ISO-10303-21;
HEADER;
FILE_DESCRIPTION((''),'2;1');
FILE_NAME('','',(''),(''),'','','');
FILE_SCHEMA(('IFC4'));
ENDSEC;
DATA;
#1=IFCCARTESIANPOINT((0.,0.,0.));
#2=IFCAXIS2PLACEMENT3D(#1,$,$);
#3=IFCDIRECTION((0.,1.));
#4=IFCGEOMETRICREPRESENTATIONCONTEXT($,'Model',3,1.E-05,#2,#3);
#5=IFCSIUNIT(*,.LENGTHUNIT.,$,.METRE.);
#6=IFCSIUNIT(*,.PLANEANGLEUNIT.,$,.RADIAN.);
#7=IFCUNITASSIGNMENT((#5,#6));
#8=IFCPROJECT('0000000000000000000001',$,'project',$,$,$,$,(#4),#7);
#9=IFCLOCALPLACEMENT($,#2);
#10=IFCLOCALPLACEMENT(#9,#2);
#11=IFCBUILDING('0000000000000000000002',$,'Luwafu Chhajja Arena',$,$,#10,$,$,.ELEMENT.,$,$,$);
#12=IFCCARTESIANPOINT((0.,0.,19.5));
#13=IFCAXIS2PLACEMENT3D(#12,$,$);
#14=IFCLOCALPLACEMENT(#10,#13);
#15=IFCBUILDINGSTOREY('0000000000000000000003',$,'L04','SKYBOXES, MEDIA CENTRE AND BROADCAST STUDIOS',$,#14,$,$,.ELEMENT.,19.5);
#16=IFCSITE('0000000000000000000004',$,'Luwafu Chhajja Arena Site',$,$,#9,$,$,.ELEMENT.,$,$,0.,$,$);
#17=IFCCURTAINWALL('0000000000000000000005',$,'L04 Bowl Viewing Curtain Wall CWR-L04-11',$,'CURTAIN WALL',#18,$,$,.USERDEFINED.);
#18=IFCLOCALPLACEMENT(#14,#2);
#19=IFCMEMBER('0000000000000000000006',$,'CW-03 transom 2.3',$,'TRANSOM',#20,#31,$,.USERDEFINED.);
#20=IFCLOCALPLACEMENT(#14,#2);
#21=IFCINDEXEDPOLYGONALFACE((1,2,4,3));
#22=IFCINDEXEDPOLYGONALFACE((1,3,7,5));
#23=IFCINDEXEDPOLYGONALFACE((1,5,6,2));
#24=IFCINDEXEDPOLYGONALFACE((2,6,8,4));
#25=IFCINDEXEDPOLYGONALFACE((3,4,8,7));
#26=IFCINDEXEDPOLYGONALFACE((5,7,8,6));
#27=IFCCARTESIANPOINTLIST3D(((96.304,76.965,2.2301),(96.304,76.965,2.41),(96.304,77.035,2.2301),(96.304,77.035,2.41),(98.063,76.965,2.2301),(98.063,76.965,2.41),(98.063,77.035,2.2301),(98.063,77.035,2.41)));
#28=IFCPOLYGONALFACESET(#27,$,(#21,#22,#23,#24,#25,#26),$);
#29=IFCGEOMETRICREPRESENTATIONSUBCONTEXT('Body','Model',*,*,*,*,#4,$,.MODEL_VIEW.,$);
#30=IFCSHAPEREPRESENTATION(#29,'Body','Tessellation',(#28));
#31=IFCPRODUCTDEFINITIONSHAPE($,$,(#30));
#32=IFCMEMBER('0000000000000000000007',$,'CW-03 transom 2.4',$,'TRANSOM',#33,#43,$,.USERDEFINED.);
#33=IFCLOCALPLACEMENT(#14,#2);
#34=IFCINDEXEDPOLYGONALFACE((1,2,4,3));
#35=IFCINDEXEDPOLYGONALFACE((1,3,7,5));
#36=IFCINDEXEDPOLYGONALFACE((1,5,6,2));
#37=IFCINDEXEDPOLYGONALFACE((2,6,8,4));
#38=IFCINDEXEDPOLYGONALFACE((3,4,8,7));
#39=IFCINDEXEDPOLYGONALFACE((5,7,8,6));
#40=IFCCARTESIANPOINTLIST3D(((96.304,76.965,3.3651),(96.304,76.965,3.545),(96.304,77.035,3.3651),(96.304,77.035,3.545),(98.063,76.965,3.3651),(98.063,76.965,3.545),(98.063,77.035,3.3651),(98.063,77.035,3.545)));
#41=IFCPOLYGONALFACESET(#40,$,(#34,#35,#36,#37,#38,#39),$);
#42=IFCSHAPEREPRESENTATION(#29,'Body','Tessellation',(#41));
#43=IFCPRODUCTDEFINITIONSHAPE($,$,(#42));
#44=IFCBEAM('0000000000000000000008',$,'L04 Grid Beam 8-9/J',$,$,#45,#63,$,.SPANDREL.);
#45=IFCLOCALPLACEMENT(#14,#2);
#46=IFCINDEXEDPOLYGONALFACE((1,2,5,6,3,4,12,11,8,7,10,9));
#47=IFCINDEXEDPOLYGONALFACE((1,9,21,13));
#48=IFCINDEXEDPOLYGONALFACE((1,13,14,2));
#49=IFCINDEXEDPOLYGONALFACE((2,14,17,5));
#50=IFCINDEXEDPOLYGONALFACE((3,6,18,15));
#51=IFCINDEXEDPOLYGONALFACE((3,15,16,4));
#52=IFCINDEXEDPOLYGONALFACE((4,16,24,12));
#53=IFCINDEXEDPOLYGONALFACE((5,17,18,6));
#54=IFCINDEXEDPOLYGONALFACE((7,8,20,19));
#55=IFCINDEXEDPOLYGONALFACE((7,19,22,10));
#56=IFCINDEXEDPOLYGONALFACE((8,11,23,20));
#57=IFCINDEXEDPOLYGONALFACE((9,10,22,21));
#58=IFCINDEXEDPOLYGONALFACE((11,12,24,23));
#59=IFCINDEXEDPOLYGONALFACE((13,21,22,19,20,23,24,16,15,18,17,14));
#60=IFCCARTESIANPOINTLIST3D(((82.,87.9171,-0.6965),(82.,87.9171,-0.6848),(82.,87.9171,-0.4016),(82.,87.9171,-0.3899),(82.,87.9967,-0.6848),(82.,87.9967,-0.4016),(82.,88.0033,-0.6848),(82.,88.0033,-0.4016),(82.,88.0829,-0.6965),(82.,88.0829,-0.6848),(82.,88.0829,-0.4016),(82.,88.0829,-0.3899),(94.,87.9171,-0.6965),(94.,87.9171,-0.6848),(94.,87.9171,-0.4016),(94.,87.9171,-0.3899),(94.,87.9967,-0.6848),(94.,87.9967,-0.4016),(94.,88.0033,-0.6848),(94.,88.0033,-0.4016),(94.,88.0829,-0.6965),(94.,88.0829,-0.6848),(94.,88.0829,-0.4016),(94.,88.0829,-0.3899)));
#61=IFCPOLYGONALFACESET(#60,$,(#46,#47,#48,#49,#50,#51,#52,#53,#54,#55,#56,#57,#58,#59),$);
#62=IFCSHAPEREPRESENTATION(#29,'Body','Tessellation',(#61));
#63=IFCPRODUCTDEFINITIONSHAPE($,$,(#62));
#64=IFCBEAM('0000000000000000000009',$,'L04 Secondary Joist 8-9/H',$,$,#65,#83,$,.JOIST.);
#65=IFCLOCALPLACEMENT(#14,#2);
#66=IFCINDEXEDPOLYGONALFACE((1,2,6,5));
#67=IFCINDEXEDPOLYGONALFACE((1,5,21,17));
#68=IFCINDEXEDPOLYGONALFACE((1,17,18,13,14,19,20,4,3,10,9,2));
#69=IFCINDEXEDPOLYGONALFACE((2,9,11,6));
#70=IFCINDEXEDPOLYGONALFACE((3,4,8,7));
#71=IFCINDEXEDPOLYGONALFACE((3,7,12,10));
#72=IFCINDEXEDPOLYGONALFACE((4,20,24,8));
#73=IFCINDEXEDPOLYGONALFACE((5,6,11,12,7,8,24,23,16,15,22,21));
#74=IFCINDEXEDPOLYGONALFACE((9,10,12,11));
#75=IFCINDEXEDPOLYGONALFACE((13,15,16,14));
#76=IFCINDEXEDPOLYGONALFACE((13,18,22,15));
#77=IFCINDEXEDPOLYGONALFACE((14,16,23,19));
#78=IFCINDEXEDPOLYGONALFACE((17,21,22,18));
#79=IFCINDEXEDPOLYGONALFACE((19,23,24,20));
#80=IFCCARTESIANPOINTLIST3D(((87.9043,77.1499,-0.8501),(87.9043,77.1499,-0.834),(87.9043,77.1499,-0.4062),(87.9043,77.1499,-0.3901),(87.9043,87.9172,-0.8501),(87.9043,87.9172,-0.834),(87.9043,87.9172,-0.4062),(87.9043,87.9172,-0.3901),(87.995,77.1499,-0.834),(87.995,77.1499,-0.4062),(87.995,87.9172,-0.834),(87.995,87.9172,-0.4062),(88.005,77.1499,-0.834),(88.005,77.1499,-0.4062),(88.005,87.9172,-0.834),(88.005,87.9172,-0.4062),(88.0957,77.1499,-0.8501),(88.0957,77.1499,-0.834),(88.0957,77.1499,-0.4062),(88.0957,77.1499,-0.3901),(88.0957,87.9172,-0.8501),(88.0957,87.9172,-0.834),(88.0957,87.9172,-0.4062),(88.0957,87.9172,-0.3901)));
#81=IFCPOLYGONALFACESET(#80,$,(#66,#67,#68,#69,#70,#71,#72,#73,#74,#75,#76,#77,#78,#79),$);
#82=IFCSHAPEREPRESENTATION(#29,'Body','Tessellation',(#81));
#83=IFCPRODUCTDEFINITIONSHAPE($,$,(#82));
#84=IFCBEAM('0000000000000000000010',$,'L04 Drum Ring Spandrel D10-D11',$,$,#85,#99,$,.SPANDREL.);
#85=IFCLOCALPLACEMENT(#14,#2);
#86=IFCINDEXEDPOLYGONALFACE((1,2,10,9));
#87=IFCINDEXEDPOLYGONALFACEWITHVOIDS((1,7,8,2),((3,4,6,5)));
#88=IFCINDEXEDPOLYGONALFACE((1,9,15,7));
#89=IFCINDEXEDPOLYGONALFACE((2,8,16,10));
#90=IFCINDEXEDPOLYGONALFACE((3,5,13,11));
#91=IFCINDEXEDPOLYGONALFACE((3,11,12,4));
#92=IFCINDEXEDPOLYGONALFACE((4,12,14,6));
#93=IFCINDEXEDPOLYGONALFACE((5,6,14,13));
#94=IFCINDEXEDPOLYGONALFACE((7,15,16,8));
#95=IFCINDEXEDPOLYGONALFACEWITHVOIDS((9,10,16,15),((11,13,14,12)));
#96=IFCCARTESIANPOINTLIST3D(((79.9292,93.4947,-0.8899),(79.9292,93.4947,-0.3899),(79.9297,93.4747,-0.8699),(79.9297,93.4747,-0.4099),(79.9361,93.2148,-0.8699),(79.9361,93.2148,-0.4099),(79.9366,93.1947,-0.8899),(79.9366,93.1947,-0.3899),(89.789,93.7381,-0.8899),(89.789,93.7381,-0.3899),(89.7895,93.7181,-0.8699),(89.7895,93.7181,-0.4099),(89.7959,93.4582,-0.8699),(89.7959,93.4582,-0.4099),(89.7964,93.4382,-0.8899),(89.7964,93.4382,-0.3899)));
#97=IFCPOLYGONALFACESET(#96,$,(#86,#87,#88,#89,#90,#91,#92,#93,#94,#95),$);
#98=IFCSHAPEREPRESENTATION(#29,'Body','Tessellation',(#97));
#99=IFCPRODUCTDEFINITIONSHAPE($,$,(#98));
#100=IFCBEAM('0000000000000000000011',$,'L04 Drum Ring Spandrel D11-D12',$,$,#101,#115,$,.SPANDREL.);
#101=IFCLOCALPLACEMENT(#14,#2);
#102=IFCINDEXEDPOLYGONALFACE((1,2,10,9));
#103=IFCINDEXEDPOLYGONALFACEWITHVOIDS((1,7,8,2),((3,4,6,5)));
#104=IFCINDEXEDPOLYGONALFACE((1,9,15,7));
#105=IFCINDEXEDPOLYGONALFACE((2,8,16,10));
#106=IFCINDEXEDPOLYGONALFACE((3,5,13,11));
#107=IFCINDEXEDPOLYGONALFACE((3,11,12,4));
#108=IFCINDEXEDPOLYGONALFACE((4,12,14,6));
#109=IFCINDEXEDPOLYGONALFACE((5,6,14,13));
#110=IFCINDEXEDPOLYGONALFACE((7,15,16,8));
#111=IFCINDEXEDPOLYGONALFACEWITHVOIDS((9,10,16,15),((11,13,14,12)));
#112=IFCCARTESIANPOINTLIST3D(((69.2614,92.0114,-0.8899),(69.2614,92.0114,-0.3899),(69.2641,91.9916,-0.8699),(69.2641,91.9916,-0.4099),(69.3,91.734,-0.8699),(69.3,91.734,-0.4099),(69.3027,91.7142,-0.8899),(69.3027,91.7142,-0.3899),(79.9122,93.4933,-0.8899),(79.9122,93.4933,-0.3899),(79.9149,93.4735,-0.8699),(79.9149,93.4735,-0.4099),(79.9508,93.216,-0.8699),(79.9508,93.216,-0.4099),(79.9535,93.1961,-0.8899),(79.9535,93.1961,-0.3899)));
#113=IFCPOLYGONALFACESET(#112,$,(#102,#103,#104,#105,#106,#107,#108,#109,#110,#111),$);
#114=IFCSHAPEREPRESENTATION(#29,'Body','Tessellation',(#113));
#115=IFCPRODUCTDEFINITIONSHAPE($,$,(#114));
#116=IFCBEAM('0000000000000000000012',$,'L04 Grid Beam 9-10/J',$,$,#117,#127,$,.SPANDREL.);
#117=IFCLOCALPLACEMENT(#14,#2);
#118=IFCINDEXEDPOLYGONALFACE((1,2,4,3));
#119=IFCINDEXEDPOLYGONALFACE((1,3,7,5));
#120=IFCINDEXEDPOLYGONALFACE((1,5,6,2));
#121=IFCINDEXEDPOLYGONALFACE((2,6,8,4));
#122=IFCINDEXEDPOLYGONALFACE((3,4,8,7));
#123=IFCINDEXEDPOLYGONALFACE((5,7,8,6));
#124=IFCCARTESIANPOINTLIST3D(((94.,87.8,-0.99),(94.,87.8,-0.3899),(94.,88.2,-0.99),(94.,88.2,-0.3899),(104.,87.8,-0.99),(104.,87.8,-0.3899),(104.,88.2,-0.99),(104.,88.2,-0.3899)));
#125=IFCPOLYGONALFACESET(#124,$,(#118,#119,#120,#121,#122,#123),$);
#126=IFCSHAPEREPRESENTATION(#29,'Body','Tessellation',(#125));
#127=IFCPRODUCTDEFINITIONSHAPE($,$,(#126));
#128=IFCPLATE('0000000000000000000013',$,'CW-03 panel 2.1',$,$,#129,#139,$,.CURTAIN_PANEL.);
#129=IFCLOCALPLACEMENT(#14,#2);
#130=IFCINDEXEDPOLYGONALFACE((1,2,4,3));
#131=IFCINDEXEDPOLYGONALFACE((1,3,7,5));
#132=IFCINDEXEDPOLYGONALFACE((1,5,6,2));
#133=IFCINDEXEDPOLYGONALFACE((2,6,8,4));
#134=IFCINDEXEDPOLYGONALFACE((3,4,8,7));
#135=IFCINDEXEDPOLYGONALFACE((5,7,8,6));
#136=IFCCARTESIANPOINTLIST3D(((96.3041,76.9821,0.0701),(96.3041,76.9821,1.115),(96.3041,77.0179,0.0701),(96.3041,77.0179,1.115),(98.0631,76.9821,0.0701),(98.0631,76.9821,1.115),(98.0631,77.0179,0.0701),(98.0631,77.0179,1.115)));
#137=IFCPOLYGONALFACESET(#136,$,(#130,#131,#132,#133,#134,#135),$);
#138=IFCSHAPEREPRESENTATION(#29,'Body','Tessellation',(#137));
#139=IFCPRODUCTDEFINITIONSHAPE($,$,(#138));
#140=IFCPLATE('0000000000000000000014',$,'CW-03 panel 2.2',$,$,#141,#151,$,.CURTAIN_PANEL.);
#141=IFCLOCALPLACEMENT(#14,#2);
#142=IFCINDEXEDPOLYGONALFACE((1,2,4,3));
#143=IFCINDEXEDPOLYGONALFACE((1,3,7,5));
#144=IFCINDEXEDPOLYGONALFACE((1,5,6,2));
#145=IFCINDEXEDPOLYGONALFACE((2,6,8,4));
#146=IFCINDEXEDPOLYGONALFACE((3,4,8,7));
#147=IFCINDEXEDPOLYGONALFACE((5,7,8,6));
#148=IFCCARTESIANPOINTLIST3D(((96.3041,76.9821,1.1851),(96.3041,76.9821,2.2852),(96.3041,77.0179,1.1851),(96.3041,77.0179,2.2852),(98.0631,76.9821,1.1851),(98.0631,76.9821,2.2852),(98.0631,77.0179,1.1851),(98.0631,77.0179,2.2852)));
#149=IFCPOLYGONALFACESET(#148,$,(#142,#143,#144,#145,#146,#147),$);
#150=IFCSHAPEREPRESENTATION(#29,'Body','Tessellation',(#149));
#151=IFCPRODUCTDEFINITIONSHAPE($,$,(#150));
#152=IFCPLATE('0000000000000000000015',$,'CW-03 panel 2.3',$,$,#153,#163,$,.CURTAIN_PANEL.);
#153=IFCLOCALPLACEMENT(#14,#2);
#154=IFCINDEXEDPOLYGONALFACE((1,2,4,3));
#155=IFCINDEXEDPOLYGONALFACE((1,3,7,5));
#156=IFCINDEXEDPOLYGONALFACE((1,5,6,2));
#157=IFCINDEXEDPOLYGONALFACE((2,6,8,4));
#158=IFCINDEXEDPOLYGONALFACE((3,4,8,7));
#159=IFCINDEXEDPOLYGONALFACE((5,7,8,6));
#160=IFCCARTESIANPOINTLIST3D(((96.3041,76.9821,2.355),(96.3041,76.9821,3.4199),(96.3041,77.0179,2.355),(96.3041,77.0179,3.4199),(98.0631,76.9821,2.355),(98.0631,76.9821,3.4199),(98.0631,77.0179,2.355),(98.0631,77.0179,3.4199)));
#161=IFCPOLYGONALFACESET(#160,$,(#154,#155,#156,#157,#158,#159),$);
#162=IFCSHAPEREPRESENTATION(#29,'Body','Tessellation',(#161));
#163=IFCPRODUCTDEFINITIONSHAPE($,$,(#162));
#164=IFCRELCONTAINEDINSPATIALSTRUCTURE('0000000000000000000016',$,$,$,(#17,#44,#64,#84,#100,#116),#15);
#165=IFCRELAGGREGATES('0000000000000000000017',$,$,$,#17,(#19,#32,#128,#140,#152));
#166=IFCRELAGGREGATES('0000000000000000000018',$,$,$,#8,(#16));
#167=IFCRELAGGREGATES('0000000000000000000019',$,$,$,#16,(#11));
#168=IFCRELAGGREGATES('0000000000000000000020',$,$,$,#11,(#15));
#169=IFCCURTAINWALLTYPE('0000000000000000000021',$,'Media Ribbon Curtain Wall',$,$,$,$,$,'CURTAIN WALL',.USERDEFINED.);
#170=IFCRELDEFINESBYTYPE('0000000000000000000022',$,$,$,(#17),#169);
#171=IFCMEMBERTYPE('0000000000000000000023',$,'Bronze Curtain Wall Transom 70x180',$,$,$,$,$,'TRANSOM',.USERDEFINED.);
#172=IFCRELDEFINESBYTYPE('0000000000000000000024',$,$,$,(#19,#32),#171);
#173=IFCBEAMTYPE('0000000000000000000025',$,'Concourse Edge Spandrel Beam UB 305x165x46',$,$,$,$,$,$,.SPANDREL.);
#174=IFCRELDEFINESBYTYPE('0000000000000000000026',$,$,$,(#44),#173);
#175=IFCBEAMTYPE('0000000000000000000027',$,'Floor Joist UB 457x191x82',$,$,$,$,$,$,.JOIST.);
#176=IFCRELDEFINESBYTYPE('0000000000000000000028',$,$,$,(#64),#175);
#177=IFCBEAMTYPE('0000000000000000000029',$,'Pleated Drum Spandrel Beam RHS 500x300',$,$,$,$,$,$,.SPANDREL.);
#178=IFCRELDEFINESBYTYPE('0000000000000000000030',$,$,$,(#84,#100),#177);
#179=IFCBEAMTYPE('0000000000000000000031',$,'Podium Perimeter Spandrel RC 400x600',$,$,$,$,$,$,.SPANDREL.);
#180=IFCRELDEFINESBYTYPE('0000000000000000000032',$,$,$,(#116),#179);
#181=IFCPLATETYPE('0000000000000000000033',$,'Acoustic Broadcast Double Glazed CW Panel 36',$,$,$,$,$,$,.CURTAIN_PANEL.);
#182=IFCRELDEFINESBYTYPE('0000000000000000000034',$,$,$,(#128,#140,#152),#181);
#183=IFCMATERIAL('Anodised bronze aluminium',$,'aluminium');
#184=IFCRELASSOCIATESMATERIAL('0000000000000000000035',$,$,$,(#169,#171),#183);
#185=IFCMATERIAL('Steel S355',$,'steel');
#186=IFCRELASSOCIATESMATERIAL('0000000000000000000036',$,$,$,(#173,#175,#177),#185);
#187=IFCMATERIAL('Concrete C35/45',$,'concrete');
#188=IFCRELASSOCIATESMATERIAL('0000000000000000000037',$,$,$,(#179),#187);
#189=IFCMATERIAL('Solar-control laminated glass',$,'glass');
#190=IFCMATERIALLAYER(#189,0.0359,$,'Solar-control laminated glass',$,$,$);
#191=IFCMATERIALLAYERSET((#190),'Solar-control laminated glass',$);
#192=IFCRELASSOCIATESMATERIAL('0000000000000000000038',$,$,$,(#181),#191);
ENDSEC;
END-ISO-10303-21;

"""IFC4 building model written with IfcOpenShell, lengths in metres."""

from ifc_helpers import new_model, si_unit, direction, frame, origin, origin_2d, place, context, subcontext, project, spatial, rectangle, hollow_rectangle, i_section, extrude, material, layer, layer_set, material_profile, profile_set, type_object, element, aggregate, save


model = new_model("IFC4")

# Units and contexts
model_context = context("Model", 3, precision=1e-05, world=origin(), true_north=direction((0.0, 1.0)))
body_context = subcontext(model_context, "Body", "Model", "MODEL_VIEW")
ifc_project = project(units=[si_unit("LENGTHUNIT", "METRE"), si_unit("PLANEANGLEUNIT", "RADIAN")], contexts=[model_context])

# Site, building, storey
site_placement = place(None, origin())
site = spatial("IfcSite", under=ifc_project, at=site_placement, Name="Luwafu Chhajja Arena Site", CompositionType="ELEMENT", RefElevation=0.0)
building_placement = place(site_placement, origin())
building = spatial("IfcBuilding", under=site, at=building_placement, Name="Luwafu Chhajja Arena", CompositionType="ELEMENT")
storey_placement = place(building_placement, frame((0.0, 0.0, 19.5)))
storey = spatial("IfcBuildingStorey", under=building, at=storey_placement, Name="L04", Description="SKYBOXES, MEDIA CENTRE AND BROADCAST STUDIOS", CompositionType="ELEMENT", Elevation=19.5)

# Shared definitions
ifc_material_1 = material(Name="Concrete C35/45", Category="concrete")
ifc_material_2 = material(Name="Steel S355", Category="steel")

# Curtain wall, members
ifc_material_3 = material(Name="Anodised bronze aluminium", Category="aluminium")
curtain_wall_type = type_object("IfcCurtainWallType", Name="Media Ribbon Curtain Wall", ElementType="CURTAIN WALL", PredefinedType="USERDEFINED", material=ifc_material_3)
curtain_wall_placement = place(storey_placement, origin())
curtain_wall = element("IfcCurtainWall", 1, at=curtain_wall_placement, inside=storey, type_object=curtain_wall_type, Name="L04 Bowl Viewing Curtain Wall CWR-L04-11", ObjectType="CURTAIN WALL", PredefinedType="USERDEFINED")
ifc_material_profile_1 = material_profile(ifc_material_3, rectangle(XDim=0.0701, YDim=0.1799, at=origin_2d()), Name="CWT 70x180")
ifc_profile_set_1 = profile_set([ifc_material_profile_1], Name="Anodised bronze aluminium")
member_type_1 = type_object("IfcMemberType", Name="Bronze Curtain Wall Transom 70x180", ElementType="TRANSOM", PredefinedType="USERDEFINED", material=ifc_profile_set_1)
member_1_placement = place(storey_placement, frame((96.304, 77.0, 2.3201), z_axis=(1.0, 0.0, 0.0), x_axis=(0.0, 1.0, 0.0)))
member_1 = element("IfcMember", 2, at=member_1_placement, type_object=member_type_1, Name="CW-03 transom 2.3", ObjectType="TRANSOM", PredefinedType="USERDEFINED", context=body_context, shape_type="SweptSolid", body=[
    extrude(rectangle(XDim=0.0701, YDim=0.1799, at=origin_2d()), origin(), (0.0, 0.0, 1.0), 1.759),
])
member_2_placement = place(storey_placement, frame((96.304, 77.0, 3.4551), z_axis=(1.0, 0.0, 0.0), x_axis=(0.0, 1.0, 0.0)))
member_2 = element("IfcMember", 3, at=member_2_placement, type_object=member_type_1, Name="CW-03 transom 2.4", ObjectType="TRANSOM", PredefinedType="USERDEFINED", context=body_context, shape_type="SweptSolid", body=[
    extrude(rectangle(XDim=0.0701, YDim=0.1799, at=origin_2d()), origin(), (0.0, 0.0, 1.0), 1.759),
])

# Beams
ifc_material_profile_2 = material_profile(ifc_material_2, i_section(OverallWidth=0.1658, OverallDepth=0.3066, WebThickness=0.0066, FlangeThickness=0.0117, at=origin_2d()), Name="UB 305x165x46")
ifc_profile_set_2 = profile_set([ifc_material_profile_2], Name="Steel S355")
beam_type_1 = type_object("IfcBeamType", Name="Concourse Edge Spandrel Beam UB 305x165x46", PredefinedType="SPANDREL", material=ifc_profile_set_2)
beam_1_placement = place(storey_placement, frame((82.0, 88.0, -0.5432), z_axis=(1.0, 0.0, 0.0), x_axis=(0.0, 1.0, 0.0)))
element("IfcBeam", 4, at=beam_1_placement, inside=storey, type_object=beam_type_1, Name="L04 Grid Beam 8-9/J", PredefinedType="SPANDREL", context=body_context, shape_type="SweptSolid", body=[
    extrude(i_section(OverallWidth=0.1658, OverallDepth=0.3066, WebThickness=0.0066, FlangeThickness=0.0117, at=origin_2d()), origin(), (0.0, 0.0, 1.0), 12.0),
])
ifc_material_profile_3 = material_profile(ifc_material_2, i_section(OverallWidth=0.1914, OverallDepth=0.46, WebThickness=0.01, FlangeThickness=0.0161, at=origin_2d()), Name="UB 457x191x82")
ifc_profile_set_3 = profile_set([ifc_material_profile_3], Name="Steel S355")
beam_type_2 = type_object("IfcBeamType", Name="Floor Joist UB 457x191x82", PredefinedType="JOIST", material=ifc_profile_set_3)
beam_2_placement = place(storey_placement, frame((88.0, 77.1499, -0.6201), z_axis=(0.0, 1.0, 0.0), x_axis=(-1.0, 0.0, 0.0)))
element("IfcBeam", 5, at=beam_2_placement, inside=storey, type_object=beam_type_2, Name="L04 Secondary Joist 8-9/H", PredefinedType="JOIST", context=body_context, shape_type="SweptSolid", body=[
    extrude(i_section(OverallWidth=0.1914, OverallDepth=0.46, WebThickness=0.01, FlangeThickness=0.0161, at=origin_2d()), origin(), (0.0, 0.0, 1.0), 10.7673),
])
ifc_material_profile_4 = material_profile(ifc_material_2, hollow_rectangle(XDim=0.3, YDim=0.5, WallThickness=0.02, at=origin_2d()), Name="RHS 500x300x20")
ifc_profile_set_4 = profile_set([ifc_material_profile_4], Name="Steel S355")
beam_type_3 = type_object("IfcBeamType", Name="Pleated Drum Spandrel Beam RHS 500x300", PredefinedType="SPANDREL", material=ifc_profile_set_4)
beam_3_placement = place(storey_placement, frame((89.7927, 93.5881, -0.6399), z_axis=(-0.999695, -0.024679, 0.0), x_axis=(0.024679, -0.999695, 0.0)))
element("IfcBeam", 6, at=beam_3_placement, inside=storey, type_object=beam_type_3, Name="L04 Drum Ring Spandrel D10-D11", PredefinedType="SPANDREL", context=body_context, shape_type="SweptSolid", body=[
    extrude(hollow_rectangle(XDim=0.3, YDim=0.5, WallThickness=0.02, at=origin_2d()), origin(), (0.0, 0.0, 1.0), 9.8628),
])
beam_4_placement = place(storey_placement, frame((79.9329, 93.3447, -0.6399), z_axis=(-0.990459, -0.13781, 0.0), x_axis=(0.13781, -0.990459, 0.0)))
element("IfcBeam", 7, at=beam_4_placement, inside=storey, type_object=beam_type_3, Name="L04 Drum Ring Spandrel D11-D12", PredefinedType="SPANDREL", context=body_context, shape_type="SweptSolid", body=[
    extrude(hollow_rectangle(XDim=0.3, YDim=0.5, WallThickness=0.02, at=origin_2d()), origin(), (0.0, 0.0, 1.0), 10.7534),
])
ifc_material_profile_5 = material_profile(ifc_material_1, rectangle(XDim=0.3999, YDim=0.6001, at=origin_2d()), Name="RC 400x600")
ifc_profile_set_5 = profile_set([ifc_material_profile_5], Name="Concrete C35/45")
beam_type_4 = type_object("IfcBeamType", Name="Podium Perimeter Spandrel RC 400x600", PredefinedType="SPANDREL", material=ifc_profile_set_5)
beam_5_placement = place(storey_placement, frame((94.0, 88.0, -0.6899), z_axis=(1.0, 0.0, 0.0), x_axis=(0.0, 1.0, 0.0)))
element("IfcBeam", 8, at=beam_5_placement, inside=storey, type_object=beam_type_4, Name="L04 Grid Beam 9-10/J", PredefinedType="SPANDREL", context=body_context, shape_type="SweptSolid", body=[
    extrude(rectangle(XDim=0.3999, YDim=0.6001, at=origin_2d()), origin(), (0.0, 0.0, 1.0), 10.0),
])

# Plates
ifc_material_4 = material(Name="Solar-control laminated glass", Category="glass")
ifc_layer_1 = layer(ifc_material_4, 0.0359, Name="Solar-control laminated glass")
ifc_layer_set_1 = layer_set([ifc_layer_1], Name="Solar-control laminated glass")
plate_type = type_object("IfcPlateType", Name="Acoustic Broadcast Double Glazed CW Panel 36", PredefinedType="CURTAIN_PANEL", material=ifc_layer_set_1)
plate_1_placement = place(storey_placement, frame((97.1836, 77.0, 0.0701), z_axis=(0.0, 0.0, 1.0), x_axis=(1.0, 0.0, 0.0)))
plate_1 = element("IfcPlate", 9, at=plate_1_placement, type_object=plate_type, Name="CW-03 panel 2.1", PredefinedType="CURTAIN_PANEL", context=body_context, shape_type="SweptSolid", body=[
    extrude(rectangle(XDim=1.759, YDim=0.0359, at=origin_2d()), origin(), (0.0, 0.0, 1.0), 1.0449),
])
plate_2_placement = place(storey_placement, frame((97.1836, 77.0, 1.1851), z_axis=(0.0, 0.0, 1.0), x_axis=(1.0, 0.0, 0.0)))
plate_2 = element("IfcPlate", 10, at=plate_2_placement, type_object=plate_type, Name="CW-03 panel 2.2", PredefinedType="CURTAIN_PANEL", context=body_context, shape_type="SweptSolid", body=[
    extrude(rectangle(XDim=1.759, YDim=0.0359, at=origin_2d()), origin(), (0.0, 0.0, 1.0), 1.1001),
])
plate_3_placement = place(storey_placement, frame((97.1836, 77.0, 2.355), z_axis=(0.0, 0.0, 1.0), x_axis=(1.0, 0.0, 0.0)))
plate_3 = element("IfcPlate", 11, at=plate_3_placement, type_object=plate_type, Name="CW-03 panel 2.3", PredefinedType="CURTAIN_PANEL", context=body_context, shape_type="SweptSolid", body=[
    extrude(rectangle(XDim=1.759, YDim=0.0359, at=origin_2d()), origin(), (0.0, 0.0, 1.0), 1.0649),
])
aggregate(curtain_wall, [member_1, member_2, plate_1, plate_2, plate_3])

save(model, "model.ifc")
